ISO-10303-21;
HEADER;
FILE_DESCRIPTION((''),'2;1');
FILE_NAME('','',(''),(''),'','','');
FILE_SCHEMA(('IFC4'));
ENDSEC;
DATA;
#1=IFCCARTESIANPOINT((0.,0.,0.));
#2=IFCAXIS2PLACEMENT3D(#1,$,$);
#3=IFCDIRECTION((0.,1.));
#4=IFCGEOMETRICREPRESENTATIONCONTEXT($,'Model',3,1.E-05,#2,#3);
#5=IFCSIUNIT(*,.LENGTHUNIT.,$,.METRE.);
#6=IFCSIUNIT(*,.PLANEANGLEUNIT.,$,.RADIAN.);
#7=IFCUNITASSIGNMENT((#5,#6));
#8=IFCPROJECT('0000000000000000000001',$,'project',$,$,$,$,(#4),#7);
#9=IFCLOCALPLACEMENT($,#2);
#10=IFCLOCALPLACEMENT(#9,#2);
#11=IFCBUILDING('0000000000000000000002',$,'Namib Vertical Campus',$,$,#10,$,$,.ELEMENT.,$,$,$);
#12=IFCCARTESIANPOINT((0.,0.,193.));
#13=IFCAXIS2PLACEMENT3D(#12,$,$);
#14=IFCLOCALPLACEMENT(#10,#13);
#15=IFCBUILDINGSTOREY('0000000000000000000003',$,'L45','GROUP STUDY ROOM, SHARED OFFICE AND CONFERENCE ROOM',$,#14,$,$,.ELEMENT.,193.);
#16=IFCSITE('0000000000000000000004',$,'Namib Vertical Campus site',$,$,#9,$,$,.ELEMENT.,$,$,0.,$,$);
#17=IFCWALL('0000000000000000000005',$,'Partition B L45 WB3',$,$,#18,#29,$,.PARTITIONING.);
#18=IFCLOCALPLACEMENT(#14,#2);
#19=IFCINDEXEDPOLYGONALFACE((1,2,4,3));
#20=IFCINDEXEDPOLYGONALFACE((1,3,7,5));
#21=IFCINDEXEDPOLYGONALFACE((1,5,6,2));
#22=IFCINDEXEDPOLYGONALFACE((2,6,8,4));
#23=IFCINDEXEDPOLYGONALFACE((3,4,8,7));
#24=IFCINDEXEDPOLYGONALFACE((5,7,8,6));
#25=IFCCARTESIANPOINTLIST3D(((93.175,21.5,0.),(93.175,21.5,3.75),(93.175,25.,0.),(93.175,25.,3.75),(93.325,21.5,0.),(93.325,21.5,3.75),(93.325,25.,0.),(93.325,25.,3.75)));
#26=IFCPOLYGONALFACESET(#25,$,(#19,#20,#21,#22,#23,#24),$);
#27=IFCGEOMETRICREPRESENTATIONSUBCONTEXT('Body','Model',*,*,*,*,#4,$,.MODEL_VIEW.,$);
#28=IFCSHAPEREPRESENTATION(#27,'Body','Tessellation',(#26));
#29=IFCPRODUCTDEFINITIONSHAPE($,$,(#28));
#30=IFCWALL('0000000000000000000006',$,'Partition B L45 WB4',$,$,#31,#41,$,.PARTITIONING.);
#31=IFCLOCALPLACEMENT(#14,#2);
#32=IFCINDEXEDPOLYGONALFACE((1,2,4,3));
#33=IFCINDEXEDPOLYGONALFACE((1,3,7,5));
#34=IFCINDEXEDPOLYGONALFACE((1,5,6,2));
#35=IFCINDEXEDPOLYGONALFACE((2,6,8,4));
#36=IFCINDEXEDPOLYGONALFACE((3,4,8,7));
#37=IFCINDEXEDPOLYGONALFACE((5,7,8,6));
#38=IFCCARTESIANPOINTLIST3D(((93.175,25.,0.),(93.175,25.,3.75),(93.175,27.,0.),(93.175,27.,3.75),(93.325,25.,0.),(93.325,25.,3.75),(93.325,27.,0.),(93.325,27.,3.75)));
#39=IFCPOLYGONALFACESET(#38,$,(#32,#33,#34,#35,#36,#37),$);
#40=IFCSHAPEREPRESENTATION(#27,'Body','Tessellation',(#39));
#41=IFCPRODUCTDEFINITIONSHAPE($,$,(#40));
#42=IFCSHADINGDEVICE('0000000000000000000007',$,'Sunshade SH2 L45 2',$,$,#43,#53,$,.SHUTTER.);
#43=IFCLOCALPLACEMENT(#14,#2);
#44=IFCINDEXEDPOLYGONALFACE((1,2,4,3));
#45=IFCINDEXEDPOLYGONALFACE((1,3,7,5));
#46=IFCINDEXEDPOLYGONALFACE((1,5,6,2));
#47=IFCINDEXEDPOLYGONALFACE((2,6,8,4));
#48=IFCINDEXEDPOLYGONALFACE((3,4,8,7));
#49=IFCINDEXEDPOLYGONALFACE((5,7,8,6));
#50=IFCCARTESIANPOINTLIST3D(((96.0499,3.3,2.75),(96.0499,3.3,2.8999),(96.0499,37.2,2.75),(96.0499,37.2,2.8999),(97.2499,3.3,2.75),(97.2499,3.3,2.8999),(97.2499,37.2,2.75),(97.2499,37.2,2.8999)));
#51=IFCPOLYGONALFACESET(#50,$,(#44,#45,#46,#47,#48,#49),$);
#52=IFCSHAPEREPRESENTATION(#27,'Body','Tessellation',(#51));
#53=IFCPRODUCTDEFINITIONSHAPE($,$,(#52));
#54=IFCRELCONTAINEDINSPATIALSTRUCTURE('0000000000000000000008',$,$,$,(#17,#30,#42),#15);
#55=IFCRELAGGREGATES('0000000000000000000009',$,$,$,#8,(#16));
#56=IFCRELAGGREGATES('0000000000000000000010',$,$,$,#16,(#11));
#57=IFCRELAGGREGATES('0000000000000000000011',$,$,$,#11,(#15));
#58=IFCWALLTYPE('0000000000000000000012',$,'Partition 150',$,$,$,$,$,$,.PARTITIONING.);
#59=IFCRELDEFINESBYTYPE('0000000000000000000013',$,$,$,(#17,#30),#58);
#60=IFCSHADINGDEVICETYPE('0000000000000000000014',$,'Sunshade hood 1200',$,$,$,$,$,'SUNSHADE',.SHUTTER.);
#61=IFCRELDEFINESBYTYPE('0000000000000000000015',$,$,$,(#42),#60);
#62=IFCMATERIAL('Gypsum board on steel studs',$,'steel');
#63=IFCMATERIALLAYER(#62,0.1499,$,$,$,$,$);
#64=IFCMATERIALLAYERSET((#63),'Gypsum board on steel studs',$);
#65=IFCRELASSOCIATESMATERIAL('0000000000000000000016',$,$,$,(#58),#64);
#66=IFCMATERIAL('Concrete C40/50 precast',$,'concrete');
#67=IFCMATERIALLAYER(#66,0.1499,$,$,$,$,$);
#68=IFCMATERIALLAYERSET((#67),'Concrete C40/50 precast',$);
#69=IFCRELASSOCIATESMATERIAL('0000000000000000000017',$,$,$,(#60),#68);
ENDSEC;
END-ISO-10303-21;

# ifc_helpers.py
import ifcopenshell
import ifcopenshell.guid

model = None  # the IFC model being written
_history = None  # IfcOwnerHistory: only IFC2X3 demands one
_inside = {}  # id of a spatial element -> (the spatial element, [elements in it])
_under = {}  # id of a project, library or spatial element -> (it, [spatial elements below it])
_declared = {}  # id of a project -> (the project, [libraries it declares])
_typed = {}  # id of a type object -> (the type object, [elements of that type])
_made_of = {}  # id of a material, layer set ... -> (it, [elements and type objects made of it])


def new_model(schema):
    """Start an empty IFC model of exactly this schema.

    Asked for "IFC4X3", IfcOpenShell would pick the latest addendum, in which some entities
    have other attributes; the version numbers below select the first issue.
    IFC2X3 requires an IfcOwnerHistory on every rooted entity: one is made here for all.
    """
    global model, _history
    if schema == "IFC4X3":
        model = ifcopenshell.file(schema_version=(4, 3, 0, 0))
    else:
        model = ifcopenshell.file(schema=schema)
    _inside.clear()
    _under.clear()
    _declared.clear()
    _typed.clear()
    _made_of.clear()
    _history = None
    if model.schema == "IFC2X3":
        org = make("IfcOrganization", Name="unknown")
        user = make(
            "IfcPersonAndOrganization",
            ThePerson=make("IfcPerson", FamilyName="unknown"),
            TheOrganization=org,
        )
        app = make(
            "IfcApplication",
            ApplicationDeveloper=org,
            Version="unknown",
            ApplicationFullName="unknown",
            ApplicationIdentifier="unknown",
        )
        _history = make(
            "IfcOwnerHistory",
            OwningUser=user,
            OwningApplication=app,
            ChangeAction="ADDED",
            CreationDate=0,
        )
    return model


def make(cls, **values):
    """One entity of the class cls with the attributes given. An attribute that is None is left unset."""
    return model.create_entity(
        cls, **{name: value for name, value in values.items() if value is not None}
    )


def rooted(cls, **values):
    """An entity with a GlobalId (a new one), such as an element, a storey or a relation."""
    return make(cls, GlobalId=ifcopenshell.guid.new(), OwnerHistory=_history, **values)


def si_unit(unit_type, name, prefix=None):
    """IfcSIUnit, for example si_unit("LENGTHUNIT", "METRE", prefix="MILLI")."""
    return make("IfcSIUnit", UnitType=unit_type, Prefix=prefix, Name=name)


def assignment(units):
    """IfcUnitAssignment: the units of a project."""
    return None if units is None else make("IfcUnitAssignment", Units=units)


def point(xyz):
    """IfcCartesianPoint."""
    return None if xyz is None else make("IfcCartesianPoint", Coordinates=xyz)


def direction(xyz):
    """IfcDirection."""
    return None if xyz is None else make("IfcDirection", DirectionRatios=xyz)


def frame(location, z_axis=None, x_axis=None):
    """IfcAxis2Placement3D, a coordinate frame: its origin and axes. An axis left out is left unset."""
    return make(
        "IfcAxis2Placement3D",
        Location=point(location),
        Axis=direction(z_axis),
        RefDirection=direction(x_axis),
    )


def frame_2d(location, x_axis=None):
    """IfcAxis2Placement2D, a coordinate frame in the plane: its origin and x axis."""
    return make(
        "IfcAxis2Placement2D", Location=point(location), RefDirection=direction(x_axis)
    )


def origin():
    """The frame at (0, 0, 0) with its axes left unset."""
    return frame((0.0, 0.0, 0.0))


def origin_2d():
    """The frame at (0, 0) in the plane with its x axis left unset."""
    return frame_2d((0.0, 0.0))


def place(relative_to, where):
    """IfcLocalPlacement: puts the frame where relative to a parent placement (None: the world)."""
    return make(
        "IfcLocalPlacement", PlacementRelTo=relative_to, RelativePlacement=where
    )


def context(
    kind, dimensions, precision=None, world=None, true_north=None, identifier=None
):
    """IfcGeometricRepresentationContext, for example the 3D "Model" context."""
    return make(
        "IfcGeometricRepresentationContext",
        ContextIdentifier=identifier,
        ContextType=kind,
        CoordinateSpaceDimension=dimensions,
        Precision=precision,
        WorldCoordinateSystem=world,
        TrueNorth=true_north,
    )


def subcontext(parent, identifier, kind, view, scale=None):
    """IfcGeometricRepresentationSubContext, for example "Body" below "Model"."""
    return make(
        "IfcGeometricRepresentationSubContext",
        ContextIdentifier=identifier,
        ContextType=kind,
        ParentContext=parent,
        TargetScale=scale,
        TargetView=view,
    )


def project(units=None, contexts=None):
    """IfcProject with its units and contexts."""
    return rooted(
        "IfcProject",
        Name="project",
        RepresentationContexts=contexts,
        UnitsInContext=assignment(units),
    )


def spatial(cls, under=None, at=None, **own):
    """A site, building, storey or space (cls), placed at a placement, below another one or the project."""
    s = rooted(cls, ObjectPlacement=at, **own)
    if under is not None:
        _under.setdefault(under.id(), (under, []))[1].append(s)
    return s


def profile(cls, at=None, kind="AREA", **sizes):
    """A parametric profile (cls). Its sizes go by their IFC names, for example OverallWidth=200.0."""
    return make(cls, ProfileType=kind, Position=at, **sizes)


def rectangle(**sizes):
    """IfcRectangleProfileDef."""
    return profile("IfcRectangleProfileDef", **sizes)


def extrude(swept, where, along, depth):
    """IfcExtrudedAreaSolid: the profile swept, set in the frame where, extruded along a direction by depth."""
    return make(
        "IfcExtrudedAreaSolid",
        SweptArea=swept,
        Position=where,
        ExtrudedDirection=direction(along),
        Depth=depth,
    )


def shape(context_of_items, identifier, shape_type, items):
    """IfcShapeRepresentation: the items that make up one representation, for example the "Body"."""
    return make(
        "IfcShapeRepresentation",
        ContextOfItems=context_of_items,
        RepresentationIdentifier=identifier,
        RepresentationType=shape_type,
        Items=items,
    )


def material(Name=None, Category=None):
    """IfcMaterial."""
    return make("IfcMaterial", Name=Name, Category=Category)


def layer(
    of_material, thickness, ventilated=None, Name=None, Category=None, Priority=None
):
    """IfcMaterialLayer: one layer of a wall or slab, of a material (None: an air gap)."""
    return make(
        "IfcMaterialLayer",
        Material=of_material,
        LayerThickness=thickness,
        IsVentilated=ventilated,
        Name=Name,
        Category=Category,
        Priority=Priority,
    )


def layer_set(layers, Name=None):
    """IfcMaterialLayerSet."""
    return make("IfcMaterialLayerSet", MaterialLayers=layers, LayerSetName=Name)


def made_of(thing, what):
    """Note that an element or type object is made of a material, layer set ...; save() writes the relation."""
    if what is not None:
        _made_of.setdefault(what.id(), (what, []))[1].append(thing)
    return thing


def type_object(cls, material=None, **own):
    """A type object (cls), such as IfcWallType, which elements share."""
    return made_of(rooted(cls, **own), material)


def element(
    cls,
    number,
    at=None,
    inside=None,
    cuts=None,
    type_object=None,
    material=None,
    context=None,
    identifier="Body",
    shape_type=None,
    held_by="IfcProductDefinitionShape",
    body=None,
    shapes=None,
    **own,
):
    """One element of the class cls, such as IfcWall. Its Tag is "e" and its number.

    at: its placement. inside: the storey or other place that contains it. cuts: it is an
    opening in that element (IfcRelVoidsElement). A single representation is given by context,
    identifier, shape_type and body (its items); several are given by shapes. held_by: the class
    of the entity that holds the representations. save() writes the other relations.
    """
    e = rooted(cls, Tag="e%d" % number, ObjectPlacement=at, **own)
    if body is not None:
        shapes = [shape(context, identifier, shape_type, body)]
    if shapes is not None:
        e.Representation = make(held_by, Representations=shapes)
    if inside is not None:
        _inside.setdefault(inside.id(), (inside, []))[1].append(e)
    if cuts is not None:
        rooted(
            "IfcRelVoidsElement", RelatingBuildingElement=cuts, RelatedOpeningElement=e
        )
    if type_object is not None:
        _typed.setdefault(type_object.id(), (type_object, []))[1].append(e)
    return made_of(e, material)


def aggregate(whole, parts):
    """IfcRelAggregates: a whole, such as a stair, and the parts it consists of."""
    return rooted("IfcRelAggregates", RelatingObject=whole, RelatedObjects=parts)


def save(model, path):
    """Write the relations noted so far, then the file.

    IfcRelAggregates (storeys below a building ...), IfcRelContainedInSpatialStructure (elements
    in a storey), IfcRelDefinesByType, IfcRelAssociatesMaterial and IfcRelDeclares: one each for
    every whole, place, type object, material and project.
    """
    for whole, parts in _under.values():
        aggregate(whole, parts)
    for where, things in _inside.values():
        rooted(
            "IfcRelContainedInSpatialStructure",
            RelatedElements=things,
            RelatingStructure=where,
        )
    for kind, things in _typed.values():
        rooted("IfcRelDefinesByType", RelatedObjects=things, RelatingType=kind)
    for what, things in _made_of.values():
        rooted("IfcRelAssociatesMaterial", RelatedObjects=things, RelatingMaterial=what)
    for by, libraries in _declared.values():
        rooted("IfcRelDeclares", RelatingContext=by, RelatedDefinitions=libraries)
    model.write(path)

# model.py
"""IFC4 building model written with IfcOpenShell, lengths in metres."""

from ifc_helpers import new_model, si_unit, direction, frame, frame_2d, origin, origin_2d, place, context, subcontext, project, spatial, rectangle, extrude, material, layer, layer_set, type_object, element, save


model = new_model("IFC4")

# Units and contexts
model_context = context("Model", 3, precision=1e-05, world=origin(), true_north=direction((0.0, 1.0)))
body_context = subcontext(model_context, "Body", "Model", "MODEL_VIEW")
ifc_project = project(units=[si_unit("LENGTHUNIT", "METRE"), si_unit("PLANEANGLEUNIT", "RADIAN")], contexts=[model_context])

# Site, building, storey
site_placement = place(None, origin())
site = spatial("IfcSite", under=ifc_project, at=site_placement, Name="Namib Vertical Campus site", CompositionType="ELEMENT", RefElevation=0.0)
building_placement = place(site_placement, origin())
building = spatial("IfcBuilding", under=site, at=building_placement, Name="Namib Vertical Campus", CompositionType="ELEMENT")
storey_placement = place(building_placement, frame((0.0, 0.0, 193.0)))
storey = spatial("IfcBuildingStorey", under=building, at=storey_placement, Name="L45", Description="GROUP STUDY ROOM, SHARED OFFICE AND CONFERENCE ROOM", CompositionType="ELEMENT", Elevation=193.0)

# Walls
ifc_material_1 = material(Name="Gypsum board on steel studs", Category="steel")
ifc_layer_1 = layer(ifc_material_1, 0.1499)
ifc_layer_set_1 = layer_set([ifc_layer_1], Name="Gypsum board on steel studs")
wall_type_1 = type_object("IfcWallType", Name="Partition 150", PredefinedType="PARTITIONING", material=ifc_layer_set_1)
wall_1_placement = place(storey_placement, frame((93.25, 21.5, 0.0), z_axis=(0.0, 0.0, 1.0), x_axis=(0.0, 1.0, 0.0)))
element("IfcWall", 1, at=wall_1_placement, inside=storey, type_object=wall_type_1, Name="Partition B L45 WB3", PredefinedType="PARTITIONING", context=body_context, shape_type="SweptSolid", body=[
    extrude(rectangle(XDim=3.5, YDim=0.1499, at=frame_2d((1.75, 0.0))), origin(), (0.0, 0.0, 1.0), 3.75),
])
wall_2_placement = place(storey_placement, frame((93.25, 25.0, 0.0), z_axis=(0.0, 0.0, 1.0), x_axis=(0.0, 1.0, 0.0)))
element("IfcWall", 2, at=wall_2_placement, inside=storey, type_object=wall_type_1, Name="Partition B L45 WB4", PredefinedType="PARTITIONING", context=body_context, shape_type="SweptSolid", body=[
    extrude(rectangle(XDim=2.0, YDim=0.1499, at=frame_2d((1.0, 0.0))), origin(), (0.0, 0.0, 1.0), 3.75),
])

# Shading device
ifc_material_2 = material(Name="Concrete C40/50 precast", Category="concrete")
ifc_layer_2 = layer(ifc_material_2, 0.1499)
ifc_layer_set_2 = layer_set([ifc_layer_2], Name="Concrete C40/50 precast")
shading_device_type = type_object("IfcShadingDeviceType", Name="Sunshade hood 1200", ElementType="SUNSHADE", PredefinedType="SHUTTER", material=ifc_layer_set_2)
shading_device_placement = place(storey_placement, frame((96.6499, 20.25, 2.75), z_axis=(0.0, 0.0, 1.0), x_axis=(0.0, 1.0, 0.0)))
element("IfcShadingDevice", 3, at=shading_device_placement, inside=storey, type_object=shading_device_type, Name="Sunshade SH2 L45 2", PredefinedType="SHUTTER", context=body_context, shape_type="SweptSolid", body=[
    extrude(rectangle(XDim=33.8999, YDim=1.2, at=origin_2d()), origin(), (0.0, 0.0, 1.0), 0.1499),
])

save(model, "model.ifc")
